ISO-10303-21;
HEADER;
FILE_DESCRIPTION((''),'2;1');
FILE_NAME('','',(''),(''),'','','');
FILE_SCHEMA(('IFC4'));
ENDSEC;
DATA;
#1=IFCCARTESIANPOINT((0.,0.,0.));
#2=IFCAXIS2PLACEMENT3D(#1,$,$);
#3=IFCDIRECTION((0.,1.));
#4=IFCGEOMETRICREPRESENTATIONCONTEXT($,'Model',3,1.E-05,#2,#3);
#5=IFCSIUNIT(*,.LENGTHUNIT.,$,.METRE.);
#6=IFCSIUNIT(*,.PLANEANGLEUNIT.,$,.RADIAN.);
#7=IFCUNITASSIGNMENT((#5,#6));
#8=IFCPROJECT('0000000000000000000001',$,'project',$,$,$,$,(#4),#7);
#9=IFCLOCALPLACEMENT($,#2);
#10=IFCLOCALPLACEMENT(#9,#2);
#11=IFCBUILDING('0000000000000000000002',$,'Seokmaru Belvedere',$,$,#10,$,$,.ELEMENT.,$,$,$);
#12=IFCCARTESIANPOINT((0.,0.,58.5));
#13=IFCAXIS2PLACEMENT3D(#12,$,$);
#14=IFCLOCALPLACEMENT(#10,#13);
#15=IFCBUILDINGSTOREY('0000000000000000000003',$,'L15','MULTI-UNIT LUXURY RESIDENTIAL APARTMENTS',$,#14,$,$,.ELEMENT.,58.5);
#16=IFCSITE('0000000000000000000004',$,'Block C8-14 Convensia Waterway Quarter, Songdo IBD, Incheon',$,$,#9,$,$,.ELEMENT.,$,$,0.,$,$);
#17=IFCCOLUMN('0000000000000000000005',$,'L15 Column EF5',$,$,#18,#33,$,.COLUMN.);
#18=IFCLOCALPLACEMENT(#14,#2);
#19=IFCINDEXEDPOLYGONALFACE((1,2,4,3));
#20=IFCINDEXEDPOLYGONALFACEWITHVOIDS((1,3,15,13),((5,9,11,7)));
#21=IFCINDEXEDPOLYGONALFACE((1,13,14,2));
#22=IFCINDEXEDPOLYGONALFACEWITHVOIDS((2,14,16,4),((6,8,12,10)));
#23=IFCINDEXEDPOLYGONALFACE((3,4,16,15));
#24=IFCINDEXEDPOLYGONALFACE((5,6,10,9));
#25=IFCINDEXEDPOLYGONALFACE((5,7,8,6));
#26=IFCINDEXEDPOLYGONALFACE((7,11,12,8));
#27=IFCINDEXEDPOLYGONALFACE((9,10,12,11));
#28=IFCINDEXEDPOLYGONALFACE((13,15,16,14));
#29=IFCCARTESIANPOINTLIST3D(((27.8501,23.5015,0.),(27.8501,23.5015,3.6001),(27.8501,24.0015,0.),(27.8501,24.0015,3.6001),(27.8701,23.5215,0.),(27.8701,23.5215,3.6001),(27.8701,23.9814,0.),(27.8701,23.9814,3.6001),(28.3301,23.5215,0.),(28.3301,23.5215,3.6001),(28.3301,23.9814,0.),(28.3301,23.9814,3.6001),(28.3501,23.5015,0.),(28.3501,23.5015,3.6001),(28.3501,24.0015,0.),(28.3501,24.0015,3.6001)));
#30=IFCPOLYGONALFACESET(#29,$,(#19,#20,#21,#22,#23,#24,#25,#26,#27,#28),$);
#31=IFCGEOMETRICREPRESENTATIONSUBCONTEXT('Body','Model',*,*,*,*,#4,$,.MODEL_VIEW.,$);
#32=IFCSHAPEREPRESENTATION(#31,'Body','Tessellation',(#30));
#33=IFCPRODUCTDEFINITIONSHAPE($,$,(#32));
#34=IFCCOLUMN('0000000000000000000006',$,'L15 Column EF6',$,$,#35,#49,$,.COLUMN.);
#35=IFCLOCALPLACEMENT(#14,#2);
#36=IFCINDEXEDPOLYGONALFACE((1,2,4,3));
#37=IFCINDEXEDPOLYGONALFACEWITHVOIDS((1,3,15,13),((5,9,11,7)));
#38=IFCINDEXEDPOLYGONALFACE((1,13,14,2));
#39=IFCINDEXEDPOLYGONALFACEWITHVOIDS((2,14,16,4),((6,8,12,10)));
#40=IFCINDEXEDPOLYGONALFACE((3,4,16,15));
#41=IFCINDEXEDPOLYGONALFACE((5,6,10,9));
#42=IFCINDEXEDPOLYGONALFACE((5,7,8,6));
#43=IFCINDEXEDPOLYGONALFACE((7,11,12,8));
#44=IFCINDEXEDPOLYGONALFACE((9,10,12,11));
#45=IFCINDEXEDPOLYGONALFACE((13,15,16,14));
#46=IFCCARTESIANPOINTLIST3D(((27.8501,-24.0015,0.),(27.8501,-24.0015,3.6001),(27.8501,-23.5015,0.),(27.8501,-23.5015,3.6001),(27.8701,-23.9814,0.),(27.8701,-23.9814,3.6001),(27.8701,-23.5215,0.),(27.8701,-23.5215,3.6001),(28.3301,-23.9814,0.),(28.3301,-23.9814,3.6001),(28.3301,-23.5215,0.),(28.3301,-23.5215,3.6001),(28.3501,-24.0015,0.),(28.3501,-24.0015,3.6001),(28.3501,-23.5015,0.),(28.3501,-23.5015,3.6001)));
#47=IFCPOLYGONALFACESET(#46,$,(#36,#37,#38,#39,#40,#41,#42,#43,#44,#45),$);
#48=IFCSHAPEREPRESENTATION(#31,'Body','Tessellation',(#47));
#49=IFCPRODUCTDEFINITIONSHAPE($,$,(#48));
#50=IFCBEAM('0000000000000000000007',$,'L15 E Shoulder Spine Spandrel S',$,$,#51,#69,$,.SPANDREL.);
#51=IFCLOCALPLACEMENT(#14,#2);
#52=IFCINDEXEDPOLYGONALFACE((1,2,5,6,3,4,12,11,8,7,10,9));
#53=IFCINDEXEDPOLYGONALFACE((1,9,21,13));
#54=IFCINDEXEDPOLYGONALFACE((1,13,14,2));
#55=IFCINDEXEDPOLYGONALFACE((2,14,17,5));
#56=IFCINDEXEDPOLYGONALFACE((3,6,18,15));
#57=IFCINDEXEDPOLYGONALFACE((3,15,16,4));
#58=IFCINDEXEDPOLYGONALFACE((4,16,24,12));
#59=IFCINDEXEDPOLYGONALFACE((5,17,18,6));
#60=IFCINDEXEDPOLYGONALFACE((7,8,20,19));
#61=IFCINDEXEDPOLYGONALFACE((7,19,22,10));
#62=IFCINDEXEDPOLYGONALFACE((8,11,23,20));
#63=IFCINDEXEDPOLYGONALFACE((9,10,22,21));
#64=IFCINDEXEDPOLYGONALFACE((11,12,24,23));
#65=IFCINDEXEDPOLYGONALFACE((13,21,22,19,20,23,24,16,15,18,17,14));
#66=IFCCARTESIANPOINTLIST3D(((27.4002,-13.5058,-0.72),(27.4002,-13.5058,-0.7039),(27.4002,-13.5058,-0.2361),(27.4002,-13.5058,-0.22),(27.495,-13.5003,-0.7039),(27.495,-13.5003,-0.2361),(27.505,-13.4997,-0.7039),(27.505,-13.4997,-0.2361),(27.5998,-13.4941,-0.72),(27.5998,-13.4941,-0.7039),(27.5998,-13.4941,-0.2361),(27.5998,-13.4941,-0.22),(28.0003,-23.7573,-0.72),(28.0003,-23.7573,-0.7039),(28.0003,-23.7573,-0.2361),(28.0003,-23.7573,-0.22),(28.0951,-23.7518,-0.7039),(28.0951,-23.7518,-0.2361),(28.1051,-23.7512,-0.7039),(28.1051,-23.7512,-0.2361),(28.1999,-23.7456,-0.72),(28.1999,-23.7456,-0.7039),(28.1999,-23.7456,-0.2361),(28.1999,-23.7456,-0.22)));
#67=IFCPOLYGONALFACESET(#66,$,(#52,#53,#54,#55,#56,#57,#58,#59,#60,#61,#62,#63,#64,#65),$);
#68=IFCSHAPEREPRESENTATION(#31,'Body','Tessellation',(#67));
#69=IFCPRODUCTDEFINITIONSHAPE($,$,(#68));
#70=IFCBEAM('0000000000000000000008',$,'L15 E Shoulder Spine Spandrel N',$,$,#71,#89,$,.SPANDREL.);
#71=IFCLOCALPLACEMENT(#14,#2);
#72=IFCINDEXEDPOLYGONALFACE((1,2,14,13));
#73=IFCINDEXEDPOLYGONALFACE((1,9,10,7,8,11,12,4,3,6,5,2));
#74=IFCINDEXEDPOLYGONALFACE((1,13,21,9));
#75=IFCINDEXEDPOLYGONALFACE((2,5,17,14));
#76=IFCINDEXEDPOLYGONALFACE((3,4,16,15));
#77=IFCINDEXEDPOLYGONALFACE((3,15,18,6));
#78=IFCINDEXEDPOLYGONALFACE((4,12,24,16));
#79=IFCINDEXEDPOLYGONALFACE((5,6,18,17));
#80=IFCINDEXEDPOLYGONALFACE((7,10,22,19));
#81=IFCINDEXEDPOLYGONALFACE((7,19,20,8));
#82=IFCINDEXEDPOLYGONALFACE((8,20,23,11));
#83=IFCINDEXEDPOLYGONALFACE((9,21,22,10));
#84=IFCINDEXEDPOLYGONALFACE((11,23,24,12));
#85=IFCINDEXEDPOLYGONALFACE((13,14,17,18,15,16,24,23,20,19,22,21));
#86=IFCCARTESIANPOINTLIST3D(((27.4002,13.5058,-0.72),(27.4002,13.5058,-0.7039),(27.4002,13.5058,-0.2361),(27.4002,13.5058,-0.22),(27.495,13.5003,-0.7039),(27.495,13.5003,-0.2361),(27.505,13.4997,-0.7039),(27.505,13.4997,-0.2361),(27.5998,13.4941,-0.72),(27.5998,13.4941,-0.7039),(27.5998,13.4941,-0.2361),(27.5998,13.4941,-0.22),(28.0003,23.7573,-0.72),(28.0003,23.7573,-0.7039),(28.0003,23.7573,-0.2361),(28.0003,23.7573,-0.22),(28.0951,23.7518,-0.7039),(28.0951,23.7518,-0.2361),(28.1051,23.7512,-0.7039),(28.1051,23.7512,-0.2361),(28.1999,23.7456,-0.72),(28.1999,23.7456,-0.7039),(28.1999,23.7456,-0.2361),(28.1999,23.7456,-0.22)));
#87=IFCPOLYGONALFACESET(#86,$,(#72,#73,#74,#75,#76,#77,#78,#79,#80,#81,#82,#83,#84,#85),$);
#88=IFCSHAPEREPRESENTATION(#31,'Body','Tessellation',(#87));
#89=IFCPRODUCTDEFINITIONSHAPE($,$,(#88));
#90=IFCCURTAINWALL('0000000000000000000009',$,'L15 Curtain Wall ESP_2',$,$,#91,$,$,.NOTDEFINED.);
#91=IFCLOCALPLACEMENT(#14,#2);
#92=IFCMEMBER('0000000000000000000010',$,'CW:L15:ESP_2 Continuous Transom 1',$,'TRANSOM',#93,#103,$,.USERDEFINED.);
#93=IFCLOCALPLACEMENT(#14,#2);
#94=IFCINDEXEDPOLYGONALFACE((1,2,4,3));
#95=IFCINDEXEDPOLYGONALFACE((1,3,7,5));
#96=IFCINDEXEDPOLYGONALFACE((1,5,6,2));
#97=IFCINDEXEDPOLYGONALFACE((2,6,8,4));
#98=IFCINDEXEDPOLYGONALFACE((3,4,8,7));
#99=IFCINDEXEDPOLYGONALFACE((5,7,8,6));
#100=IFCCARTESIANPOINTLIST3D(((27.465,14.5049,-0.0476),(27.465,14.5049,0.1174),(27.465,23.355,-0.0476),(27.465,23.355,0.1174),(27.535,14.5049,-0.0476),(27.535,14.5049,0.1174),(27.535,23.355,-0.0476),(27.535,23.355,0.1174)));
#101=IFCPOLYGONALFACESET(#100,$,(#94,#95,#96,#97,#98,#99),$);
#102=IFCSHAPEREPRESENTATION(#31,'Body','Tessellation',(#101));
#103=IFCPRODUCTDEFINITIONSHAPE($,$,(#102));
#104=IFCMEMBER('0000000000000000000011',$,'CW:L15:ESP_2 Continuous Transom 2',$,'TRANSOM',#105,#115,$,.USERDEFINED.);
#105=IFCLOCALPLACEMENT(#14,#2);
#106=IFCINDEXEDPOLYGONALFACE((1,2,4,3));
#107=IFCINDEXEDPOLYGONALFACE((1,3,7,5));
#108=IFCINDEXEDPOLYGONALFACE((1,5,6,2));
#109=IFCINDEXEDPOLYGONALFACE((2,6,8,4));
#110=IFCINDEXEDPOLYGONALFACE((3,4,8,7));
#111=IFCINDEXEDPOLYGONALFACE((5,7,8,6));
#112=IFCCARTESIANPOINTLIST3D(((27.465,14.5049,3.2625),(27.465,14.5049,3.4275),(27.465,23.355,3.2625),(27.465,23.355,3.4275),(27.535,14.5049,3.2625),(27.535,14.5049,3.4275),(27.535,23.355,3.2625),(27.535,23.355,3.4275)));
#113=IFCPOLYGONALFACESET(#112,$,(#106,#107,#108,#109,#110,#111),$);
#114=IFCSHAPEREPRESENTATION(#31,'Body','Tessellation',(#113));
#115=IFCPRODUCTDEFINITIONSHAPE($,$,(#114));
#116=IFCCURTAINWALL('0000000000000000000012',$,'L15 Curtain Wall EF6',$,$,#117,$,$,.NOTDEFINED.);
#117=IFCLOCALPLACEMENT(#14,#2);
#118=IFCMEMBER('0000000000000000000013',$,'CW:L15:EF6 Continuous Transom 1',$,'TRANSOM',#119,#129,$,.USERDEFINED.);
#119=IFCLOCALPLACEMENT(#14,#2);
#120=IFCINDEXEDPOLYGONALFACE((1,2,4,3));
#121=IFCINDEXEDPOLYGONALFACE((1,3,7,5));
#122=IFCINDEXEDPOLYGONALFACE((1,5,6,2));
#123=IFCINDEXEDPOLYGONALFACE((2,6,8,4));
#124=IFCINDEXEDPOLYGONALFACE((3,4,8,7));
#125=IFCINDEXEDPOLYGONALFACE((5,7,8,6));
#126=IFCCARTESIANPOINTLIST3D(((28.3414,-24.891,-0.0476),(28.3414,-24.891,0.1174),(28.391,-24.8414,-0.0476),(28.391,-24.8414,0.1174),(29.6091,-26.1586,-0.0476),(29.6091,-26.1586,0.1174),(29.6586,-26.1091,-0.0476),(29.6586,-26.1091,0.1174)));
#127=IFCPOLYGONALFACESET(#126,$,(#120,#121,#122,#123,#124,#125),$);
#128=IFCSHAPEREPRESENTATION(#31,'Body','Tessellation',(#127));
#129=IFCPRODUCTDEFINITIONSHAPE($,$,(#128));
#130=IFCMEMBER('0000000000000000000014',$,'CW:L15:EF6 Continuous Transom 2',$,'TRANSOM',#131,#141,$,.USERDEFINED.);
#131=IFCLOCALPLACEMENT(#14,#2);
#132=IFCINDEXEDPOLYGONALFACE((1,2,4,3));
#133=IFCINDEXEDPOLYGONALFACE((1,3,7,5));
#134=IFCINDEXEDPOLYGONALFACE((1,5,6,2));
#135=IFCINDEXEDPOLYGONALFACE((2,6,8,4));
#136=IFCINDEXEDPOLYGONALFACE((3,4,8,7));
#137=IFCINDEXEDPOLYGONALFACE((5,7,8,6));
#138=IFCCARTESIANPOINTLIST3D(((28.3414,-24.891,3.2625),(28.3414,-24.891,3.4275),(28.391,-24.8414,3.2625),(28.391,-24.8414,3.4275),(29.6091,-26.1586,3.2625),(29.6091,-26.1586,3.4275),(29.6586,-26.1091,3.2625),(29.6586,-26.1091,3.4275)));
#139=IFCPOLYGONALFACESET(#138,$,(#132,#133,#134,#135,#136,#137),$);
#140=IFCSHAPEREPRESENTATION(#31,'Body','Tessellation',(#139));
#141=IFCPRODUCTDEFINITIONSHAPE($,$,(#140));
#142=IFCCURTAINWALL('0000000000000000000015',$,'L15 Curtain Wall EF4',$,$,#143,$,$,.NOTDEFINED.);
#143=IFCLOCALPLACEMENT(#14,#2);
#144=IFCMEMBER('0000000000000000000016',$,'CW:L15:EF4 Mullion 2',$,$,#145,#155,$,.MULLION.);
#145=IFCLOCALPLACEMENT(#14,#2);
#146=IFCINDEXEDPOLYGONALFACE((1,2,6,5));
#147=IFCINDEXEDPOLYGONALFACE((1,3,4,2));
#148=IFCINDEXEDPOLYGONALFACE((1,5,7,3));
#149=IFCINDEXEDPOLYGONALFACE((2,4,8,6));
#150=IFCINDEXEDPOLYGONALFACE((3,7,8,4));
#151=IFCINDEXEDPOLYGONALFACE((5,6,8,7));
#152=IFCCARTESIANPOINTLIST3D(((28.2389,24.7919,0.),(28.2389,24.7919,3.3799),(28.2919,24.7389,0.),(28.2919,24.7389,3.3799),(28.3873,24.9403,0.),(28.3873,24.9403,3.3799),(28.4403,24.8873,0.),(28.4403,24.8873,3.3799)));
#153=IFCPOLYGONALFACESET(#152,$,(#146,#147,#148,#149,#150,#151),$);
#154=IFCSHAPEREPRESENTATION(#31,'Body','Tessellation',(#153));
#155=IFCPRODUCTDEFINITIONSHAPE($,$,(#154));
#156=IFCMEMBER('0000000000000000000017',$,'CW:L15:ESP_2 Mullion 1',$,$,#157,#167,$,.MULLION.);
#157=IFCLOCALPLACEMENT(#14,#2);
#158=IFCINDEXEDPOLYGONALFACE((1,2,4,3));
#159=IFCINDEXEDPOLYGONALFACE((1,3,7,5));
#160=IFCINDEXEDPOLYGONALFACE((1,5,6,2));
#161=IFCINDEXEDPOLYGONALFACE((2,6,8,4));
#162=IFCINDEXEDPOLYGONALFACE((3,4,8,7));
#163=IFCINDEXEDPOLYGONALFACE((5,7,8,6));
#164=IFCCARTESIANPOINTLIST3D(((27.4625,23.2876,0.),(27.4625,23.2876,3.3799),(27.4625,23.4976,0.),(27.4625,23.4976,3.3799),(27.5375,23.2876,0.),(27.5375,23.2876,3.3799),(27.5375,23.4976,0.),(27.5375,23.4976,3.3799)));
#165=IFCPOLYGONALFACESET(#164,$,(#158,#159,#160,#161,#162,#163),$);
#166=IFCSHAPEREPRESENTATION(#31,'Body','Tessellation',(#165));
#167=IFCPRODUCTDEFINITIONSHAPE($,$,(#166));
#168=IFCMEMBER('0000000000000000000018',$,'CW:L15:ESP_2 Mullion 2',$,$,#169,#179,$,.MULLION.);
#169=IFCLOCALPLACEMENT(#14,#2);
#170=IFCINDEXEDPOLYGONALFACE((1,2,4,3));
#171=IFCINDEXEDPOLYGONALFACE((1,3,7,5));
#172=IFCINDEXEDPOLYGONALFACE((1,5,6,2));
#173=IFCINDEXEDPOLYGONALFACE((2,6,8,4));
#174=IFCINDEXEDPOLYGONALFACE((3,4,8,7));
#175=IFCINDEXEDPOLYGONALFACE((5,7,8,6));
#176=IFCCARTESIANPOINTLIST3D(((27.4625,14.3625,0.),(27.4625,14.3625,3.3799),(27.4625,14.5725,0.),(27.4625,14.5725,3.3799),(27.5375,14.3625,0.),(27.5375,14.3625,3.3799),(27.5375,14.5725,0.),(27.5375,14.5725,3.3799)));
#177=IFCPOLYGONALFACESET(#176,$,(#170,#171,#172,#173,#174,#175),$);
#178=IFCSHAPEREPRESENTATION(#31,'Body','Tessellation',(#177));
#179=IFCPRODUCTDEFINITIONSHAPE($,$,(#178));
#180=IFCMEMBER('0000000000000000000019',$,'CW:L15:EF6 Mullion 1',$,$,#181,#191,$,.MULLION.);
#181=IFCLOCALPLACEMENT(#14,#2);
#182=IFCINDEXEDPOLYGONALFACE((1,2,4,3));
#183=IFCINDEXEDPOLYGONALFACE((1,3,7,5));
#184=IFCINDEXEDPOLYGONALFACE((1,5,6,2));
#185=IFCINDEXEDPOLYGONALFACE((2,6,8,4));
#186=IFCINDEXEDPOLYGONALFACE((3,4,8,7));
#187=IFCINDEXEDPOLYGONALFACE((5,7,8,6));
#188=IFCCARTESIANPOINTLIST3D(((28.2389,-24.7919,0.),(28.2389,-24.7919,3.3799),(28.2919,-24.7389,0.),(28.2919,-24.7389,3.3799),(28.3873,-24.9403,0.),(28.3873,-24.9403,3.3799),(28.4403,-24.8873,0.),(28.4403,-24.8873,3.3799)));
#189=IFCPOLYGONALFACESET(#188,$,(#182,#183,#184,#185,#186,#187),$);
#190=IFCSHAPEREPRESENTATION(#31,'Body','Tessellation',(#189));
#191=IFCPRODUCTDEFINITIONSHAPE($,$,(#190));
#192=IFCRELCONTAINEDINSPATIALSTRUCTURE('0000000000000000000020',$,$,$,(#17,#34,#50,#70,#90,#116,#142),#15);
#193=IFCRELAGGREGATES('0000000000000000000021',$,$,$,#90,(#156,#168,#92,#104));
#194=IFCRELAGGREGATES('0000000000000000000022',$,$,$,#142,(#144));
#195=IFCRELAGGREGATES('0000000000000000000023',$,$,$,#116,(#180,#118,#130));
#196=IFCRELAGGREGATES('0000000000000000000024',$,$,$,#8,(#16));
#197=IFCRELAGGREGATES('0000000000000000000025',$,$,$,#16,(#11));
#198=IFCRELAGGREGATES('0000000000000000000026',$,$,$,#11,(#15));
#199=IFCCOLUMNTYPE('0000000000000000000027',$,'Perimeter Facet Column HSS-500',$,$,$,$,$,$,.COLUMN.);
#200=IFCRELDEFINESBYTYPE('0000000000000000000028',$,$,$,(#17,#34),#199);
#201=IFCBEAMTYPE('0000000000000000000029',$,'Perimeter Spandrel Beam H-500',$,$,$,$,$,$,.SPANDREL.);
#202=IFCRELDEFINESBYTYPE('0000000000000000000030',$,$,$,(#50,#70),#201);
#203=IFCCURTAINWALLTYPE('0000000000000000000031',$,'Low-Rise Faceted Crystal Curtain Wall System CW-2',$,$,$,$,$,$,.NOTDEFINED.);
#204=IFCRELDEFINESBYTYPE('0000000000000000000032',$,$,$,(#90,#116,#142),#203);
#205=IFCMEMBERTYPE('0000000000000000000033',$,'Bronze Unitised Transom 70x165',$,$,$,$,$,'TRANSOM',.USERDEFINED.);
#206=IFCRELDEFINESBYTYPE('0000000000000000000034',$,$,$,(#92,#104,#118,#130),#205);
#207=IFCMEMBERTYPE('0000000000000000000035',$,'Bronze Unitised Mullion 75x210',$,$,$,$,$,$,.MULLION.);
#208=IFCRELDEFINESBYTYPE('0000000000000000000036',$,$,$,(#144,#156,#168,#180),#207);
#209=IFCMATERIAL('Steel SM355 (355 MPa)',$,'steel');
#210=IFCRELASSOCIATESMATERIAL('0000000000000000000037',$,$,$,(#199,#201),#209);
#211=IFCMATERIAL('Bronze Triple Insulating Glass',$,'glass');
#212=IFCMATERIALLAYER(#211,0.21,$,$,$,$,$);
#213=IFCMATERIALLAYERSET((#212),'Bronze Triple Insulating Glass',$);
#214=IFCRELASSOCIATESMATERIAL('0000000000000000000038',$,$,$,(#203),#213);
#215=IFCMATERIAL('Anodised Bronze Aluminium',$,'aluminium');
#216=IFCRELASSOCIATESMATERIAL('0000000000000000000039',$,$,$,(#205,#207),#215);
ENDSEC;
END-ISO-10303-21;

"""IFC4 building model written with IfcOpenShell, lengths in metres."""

from ifc_helpers import new_model, si_unit, direction, frame, origin, origin_2d, place, context, subcontext, project, spatial, rectangle, hollow_rectangle, i_section, extrude, source, transform, mapped, material, layer, layer_set, material_profile, profile_set, type_object, type_shapes, element, aggregate, save


model = new_model("IFC4")

# Units and contexts
model_context = context("Model", 3, precision=1e-05, world=origin(), true_north=direction((0.0, 1.0)))
body_context = subcontext(model_context, "Body", "Model", "MODEL_VIEW")
ifc_project = project(units=[si_unit("LENGTHUNIT", "METRE"), si_unit("PLANEANGLEUNIT", "RADIAN")], contexts=[model_context])

# Site, building, storey
site_placement = place(None, origin())
site = spatial("IfcSite", under=ifc_project, at=site_placement, Name="Block C8-14 Convensia Waterway Quarter, Songdo IBD, Incheon", CompositionType="ELEMENT", RefElevation=0.0)
building_placement = place(site_placement, origin())
building = spatial("IfcBuilding", under=site, at=building_placement, Name="Seokmaru Belvedere", CompositionType="ELEMENT")
storey_placement = place(building_placement, frame((0.0, 0.0, 58.5)))
storey = spatial("IfcBuildingStorey", under=building, at=storey_placement, Name="L15", Description="MULTI-UNIT LUXURY RESIDENTIAL APARTMENTS", CompositionType="ELEMENT", Elevation=58.5)

# Columns
ifc_material_1 = material(Name="Steel SM355 (355 MPa)", Category="steel")
ifc_material_profile_1 = material_profile(ifc_material_1, hollow_rectangle(XDim=0.5, YDim=0.5, WallThickness=0.02, at=origin_2d()), Name="HSS-500x500x20")
ifc_profile_set_1 = profile_set([ifc_material_profile_1], Name="Steel SM355 (355 MPa)")
column_type = type_object("IfcColumnType", Name="Perimeter Facet Column HSS-500", PredefinedType="COLUMN", material=ifc_profile_set_1)
shared_shape_1 = source(origin(), body_context, "Body", "SweptSolid", [
    extrude(hollow_rectangle(XDim=0.5, YDim=0.5, WallThickness=0.02, at=origin_2d()), origin(), (0.0, 0.0, 1.0), 3.6001),
])
type_shapes(column_type, [shared_shape_1])
for number, where, z_axis, x_axis, name in (
    (1, (28.1001, 23.7515, 0.0), (0.0, 0.0, 1.0), (1.0, 0.0, 0.0), "L15 Column EF5"),
    (2, (28.1001, -23.7515, 0.0), (0.0, 0.0, 1.0), (1.0, 0.0, 0.0), "L15 Column EF6"),
):
    element("IfcColumn", number, at=place(storey_placement, frame(where, z_axis=z_axis, x_axis=x_axis)), inside=storey, type_object=column_type, Name=name, PredefinedType="COLUMN", context=body_context, shape_type="MappedRepresentation", body=[
        mapped(shared_shape_1, transform((0.0, 0.0, 0.0), scale=1.0)),
    ])

# Beams
ifc_material_profile_2 = material_profile(ifc_material_1, i_section(OverallWidth=0.2, OverallDepth=0.5, WebThickness=0.01, FlangeThickness=0.0161, at=origin_2d()), Name="H-500x200x10x16")
ifc_profile_set_2 = profile_set([ifc_material_profile_2], Name="Steel SM355 (355 MPa)")
beam_type = type_object("IfcBeamType", Name="Perimeter Spandrel Beam H-500", PredefinedType="SPANDREL", material=ifc_profile_set_2)
shared_shape_2 = source(origin(), body_context, "Body", "SweptSolid", [
    extrude(i_section(OverallWidth=0.2, OverallDepth=0.5, WebThickness=0.01, FlangeThickness=0.0161, at=origin_2d()), origin(), (0.0, 0.0, 1.0), 10.269),
])
type_shapes(beam_type, [shared_shape_2])
for number, where, z_axis, x_axis, name in (
    (3, (28.1001, -23.7515, -0.47), (-0.058438, 0.998291, 0.0), (-0.998291, -0.058438, 0.0), "L15 E Shoulder Spine Spandrel S"),
    (4, (28.1001, 23.7515, -0.47), (-0.058438, -0.998291, 0.0), (0.998291, -0.058438, 0.0), "L15 E Shoulder Spine Spandrel N"),
):
    element("IfcBeam", number, at=place(storey_placement, frame(where, z_axis=z_axis, x_axis=x_axis)), inside=storey, type_object=beam_type, Name=name, PredefinedType="SPANDREL", context=body_context, shape_type="MappedRepresentation", body=[
        mapped(shared_shape_2, transform((0.0, 0.0, 0.0), scale=1.0)),
    ])

# Curtain walls, members
ifc_material_2 = material(Name="Bronze Triple Insulating Glass", Category="glass")
ifc_layer_1 = layer(ifc_material_2, 0.21)
ifc_layer_set_1 = layer_set([ifc_layer_1], Name="Bronze Triple Insulating Glass")
curtain_wall_type = type_object("IfcCurtainWallType", Name="Low-Rise Faceted Crystal Curtain Wall System CW-2", PredefinedType="NOTDEFINED", material=ifc_layer_set_1)
curtain_wall_1_placement = place(storey_placement, origin())
curtain_wall_1 = element("IfcCurtainWall", 5, at=curtain_wall_1_placement, inside=storey, type_object=curtain_wall_type, Name="L15 Curtain Wall ESP_2", PredefinedType="NOTDEFINED")
ifc_material_3 = material(Name="Anodised Bronze Aluminium", Category="aluminium")
ifc_material_profile_3 = material_profile(ifc_material_3, rectangle(XDim=0.0701, YDim=0.165, at=origin_2d()), Name="CW-T-70x165")
ifc_profile_set_3 = profile_set([ifc_material_profile_3], Name="Anodised Bronze Aluminium")
member_type_1 = type_object("IfcMemberType", Name="Bronze Unitised Transom 70x165", ElementType="TRANSOM", PredefinedType="USERDEFINED", material=ifc_profile_set_3)
shared_shape_3 = source(origin(), body_context, "Body", "SweptSolid", [
    extrude(rectangle(XDim=0.0701, YDim=0.165, at=origin_2d()), origin(), (0.0, 0.0, 1.0), 8.8501),
])
member_1_placement = place(storey_placement, frame((27.5, 23.355, 0.0349), z_axis=(0.0, -1.0, 0.0), x_axis=(1.0, 0.0, 0.0)))
member_1 = element("IfcMember", 6, at=member_1_placement, type_object=member_type_1, Name="CW:L15:ESP_2 Continuous Transom 1", ObjectType="TRANSOM", PredefinedType="USERDEFINED", context=body_context, shape_type="MappedRepresentation", body=[
    mapped(shared_shape_3, transform((0.0, 0.0, 0.0), scale=1.0)),
])
member_2_placement = place(storey_placement, frame((27.5, 23.355, 3.345), z_axis=(0.0, -1.0, 0.0), x_axis=(1.0, 0.0, 0.0)))
member_2 = element("IfcMember", 7, at=member_2_placement, type_object=member_type_1, Name="CW:L15:ESP_2 Continuous Transom 2", ObjectType="TRANSOM", PredefinedType="USERDEFINED", context=body_context, shape_type="MappedRepresentation", body=[
    mapped(shared_shape_3, transform((0.0, 0.0, 0.0), scale=1.0)),
])
curtain_wall_2_placement = place(storey_placement, origin())
curtain_wall_2 = element("IfcCurtainWall", 8, at=curtain_wall_2_placement, inside=storey, type_object=curtain_wall_type, Name="L15 Curtain Wall EF6", PredefinedType="NOTDEFINED")
shared_shape_4 = source(origin(), body_context, "Body", "SweptSolid", [
    extrude(rectangle(XDim=0.0701, YDim=0.165, at=origin_2d()), origin(), (0.0, 0.0, 1.0), 1.7927),
])
type_shapes(member_type_1, [shared_shape_3, shared_shape_4])
member_3_placement = place(storey_placement, frame((28.3662, -24.8662, 0.0349), z_axis=(0.707107, -0.707107, 0.0), x_axis=(0.707107, 0.707107, 0.0)))
member_3 = element("IfcMember", 9, at=member_3_placement, type_object=member_type_1, Name="CW:L15:EF6 Continuous Transom 1", ObjectType="TRANSOM", PredefinedType="USERDEFINED", context=body_context, shape_type="MappedRepresentation", body=[
    mapped(shared_shape_4, transform((0.0, 0.0, 0.0), scale=1.0)),
])
member_4_placement = place(storey_placement, frame((28.3662, -24.8662, 3.345), z_axis=(0.707107, -0.707107, 0.0), x_axis=(0.707107, 0.707107, 0.0)))
member_4 = element("IfcMember", 10, at=member_4_placement, type_object=member_type_1, Name="CW:L15:EF6 Continuous Transom 2", ObjectType="TRANSOM", PredefinedType="USERDEFINED", context=body_context, shape_type="MappedRepresentation", body=[
    mapped(shared_shape_4, transform((0.0, 0.0, 0.0), scale=1.0)),
])

# Curtain wall, member
curtain_wall_3_placement = place(storey_placement, origin())
curtain_wall_3 = element("IfcCurtainWall", 11, at=curtain_wall_3_placement, inside=storey, type_object=curtain_wall_type, Name="L15 Curtain Wall EF4", PredefinedType="NOTDEFINED")
ifc_material_profile_4 = material_profile(ifc_material_3, rectangle(XDim=0.075, YDim=0.21, at=origin_2d()), Name="CW-M-75x210")
ifc_profile_set_4 = profile_set([ifc_material_profile_4], Name="Anodised Bronze Aluminium")
member_type_2 = type_object("IfcMemberType", Name="Bronze Unitised Mullion 75x210", PredefinedType="MULLION", material=ifc_profile_set_4)
shared_shape_5 = source(origin(), body_context, "Body", "SweptSolid", [
    extrude(rectangle(XDim=0.075, YDim=0.21, at=origin_2d()), origin(), (0.0, 0.0, 1.0), 3.3799),
])
type_shapes(member_type_2, [shared_shape_5])
member_5_placement = place(storey_placement, frame((28.3396, 24.8396, 0.0), z_axis=(0.0, 0.0, 1.0), x_axis=(0.707107, -0.707107, 0.0)))
member_5 = element("IfcMember", 12, at=member_5_placement, type_object=member_type_2, Name="CW:L15:EF4 Mullion 2", PredefinedType="MULLION", context=body_context, shape_type="MappedRepresentation", body=[
    mapped(shared_shape_5, transform((0.0, 0.0, 0.0), scale=1.0)),
])

# Members
member_6_placement = place(storey_placement, frame((27.5, 23.3926, 0.0), z_axis=(0.0, 0.0, 1.0), x_axis=(1.0, 0.0, 0.0)))
member_6 = element("IfcMember", 13, at=member_6_placement, type_object=member_type_2, Name="CW:L15:ESP_2 Mullion 1", PredefinedType="MULLION", context=body_context, shape_type="MappedRepresentation", body=[
    mapped(shared_shape_5, transform((0.0, 0.0, 0.0), scale=1.0)),
])
member_7_placement = place(storey_placement, frame((27.5, 14.4675, 0.0), z_axis=(0.0, 0.0, 1.0), x_axis=(1.0, 0.0, 0.0)))
member_7 = element("IfcMember", 14, at=member_7_placement, type_object=member_type_2, Name="CW:L15:ESP_2 Mullion 2", PredefinedType="MULLION", context=body_context, shape_type="MappedRepresentation", body=[
    mapped(shared_shape_5, transform((0.0, 0.0, 0.0), scale=1.0)),
])
member_8_placement = place(storey_placement, frame((28.3396, -24.8396, 0.0), z_axis=(0.0, 0.0, 1.0), x_axis=(0.707107, 0.707107, 0.0)))
member_8 = element("IfcMember", 15, at=member_8_placement, type_object=member_type_2, Name="CW:L15:EF6 Mullion 1", PredefinedType="MULLION", context=body_context, shape_type="MappedRepresentation", body=[
    mapped(shared_shape_5, transform((0.0, 0.0, 0.0), scale=1.0)),
])

aggregate(curtain_wall_1, [member_6, member_7, member_1, member_2])
aggregate(curtain_wall_3, [member_5])
aggregate(curtain_wall_2, [member_8, member_3, member_4])

save(model, "model.ifc")
